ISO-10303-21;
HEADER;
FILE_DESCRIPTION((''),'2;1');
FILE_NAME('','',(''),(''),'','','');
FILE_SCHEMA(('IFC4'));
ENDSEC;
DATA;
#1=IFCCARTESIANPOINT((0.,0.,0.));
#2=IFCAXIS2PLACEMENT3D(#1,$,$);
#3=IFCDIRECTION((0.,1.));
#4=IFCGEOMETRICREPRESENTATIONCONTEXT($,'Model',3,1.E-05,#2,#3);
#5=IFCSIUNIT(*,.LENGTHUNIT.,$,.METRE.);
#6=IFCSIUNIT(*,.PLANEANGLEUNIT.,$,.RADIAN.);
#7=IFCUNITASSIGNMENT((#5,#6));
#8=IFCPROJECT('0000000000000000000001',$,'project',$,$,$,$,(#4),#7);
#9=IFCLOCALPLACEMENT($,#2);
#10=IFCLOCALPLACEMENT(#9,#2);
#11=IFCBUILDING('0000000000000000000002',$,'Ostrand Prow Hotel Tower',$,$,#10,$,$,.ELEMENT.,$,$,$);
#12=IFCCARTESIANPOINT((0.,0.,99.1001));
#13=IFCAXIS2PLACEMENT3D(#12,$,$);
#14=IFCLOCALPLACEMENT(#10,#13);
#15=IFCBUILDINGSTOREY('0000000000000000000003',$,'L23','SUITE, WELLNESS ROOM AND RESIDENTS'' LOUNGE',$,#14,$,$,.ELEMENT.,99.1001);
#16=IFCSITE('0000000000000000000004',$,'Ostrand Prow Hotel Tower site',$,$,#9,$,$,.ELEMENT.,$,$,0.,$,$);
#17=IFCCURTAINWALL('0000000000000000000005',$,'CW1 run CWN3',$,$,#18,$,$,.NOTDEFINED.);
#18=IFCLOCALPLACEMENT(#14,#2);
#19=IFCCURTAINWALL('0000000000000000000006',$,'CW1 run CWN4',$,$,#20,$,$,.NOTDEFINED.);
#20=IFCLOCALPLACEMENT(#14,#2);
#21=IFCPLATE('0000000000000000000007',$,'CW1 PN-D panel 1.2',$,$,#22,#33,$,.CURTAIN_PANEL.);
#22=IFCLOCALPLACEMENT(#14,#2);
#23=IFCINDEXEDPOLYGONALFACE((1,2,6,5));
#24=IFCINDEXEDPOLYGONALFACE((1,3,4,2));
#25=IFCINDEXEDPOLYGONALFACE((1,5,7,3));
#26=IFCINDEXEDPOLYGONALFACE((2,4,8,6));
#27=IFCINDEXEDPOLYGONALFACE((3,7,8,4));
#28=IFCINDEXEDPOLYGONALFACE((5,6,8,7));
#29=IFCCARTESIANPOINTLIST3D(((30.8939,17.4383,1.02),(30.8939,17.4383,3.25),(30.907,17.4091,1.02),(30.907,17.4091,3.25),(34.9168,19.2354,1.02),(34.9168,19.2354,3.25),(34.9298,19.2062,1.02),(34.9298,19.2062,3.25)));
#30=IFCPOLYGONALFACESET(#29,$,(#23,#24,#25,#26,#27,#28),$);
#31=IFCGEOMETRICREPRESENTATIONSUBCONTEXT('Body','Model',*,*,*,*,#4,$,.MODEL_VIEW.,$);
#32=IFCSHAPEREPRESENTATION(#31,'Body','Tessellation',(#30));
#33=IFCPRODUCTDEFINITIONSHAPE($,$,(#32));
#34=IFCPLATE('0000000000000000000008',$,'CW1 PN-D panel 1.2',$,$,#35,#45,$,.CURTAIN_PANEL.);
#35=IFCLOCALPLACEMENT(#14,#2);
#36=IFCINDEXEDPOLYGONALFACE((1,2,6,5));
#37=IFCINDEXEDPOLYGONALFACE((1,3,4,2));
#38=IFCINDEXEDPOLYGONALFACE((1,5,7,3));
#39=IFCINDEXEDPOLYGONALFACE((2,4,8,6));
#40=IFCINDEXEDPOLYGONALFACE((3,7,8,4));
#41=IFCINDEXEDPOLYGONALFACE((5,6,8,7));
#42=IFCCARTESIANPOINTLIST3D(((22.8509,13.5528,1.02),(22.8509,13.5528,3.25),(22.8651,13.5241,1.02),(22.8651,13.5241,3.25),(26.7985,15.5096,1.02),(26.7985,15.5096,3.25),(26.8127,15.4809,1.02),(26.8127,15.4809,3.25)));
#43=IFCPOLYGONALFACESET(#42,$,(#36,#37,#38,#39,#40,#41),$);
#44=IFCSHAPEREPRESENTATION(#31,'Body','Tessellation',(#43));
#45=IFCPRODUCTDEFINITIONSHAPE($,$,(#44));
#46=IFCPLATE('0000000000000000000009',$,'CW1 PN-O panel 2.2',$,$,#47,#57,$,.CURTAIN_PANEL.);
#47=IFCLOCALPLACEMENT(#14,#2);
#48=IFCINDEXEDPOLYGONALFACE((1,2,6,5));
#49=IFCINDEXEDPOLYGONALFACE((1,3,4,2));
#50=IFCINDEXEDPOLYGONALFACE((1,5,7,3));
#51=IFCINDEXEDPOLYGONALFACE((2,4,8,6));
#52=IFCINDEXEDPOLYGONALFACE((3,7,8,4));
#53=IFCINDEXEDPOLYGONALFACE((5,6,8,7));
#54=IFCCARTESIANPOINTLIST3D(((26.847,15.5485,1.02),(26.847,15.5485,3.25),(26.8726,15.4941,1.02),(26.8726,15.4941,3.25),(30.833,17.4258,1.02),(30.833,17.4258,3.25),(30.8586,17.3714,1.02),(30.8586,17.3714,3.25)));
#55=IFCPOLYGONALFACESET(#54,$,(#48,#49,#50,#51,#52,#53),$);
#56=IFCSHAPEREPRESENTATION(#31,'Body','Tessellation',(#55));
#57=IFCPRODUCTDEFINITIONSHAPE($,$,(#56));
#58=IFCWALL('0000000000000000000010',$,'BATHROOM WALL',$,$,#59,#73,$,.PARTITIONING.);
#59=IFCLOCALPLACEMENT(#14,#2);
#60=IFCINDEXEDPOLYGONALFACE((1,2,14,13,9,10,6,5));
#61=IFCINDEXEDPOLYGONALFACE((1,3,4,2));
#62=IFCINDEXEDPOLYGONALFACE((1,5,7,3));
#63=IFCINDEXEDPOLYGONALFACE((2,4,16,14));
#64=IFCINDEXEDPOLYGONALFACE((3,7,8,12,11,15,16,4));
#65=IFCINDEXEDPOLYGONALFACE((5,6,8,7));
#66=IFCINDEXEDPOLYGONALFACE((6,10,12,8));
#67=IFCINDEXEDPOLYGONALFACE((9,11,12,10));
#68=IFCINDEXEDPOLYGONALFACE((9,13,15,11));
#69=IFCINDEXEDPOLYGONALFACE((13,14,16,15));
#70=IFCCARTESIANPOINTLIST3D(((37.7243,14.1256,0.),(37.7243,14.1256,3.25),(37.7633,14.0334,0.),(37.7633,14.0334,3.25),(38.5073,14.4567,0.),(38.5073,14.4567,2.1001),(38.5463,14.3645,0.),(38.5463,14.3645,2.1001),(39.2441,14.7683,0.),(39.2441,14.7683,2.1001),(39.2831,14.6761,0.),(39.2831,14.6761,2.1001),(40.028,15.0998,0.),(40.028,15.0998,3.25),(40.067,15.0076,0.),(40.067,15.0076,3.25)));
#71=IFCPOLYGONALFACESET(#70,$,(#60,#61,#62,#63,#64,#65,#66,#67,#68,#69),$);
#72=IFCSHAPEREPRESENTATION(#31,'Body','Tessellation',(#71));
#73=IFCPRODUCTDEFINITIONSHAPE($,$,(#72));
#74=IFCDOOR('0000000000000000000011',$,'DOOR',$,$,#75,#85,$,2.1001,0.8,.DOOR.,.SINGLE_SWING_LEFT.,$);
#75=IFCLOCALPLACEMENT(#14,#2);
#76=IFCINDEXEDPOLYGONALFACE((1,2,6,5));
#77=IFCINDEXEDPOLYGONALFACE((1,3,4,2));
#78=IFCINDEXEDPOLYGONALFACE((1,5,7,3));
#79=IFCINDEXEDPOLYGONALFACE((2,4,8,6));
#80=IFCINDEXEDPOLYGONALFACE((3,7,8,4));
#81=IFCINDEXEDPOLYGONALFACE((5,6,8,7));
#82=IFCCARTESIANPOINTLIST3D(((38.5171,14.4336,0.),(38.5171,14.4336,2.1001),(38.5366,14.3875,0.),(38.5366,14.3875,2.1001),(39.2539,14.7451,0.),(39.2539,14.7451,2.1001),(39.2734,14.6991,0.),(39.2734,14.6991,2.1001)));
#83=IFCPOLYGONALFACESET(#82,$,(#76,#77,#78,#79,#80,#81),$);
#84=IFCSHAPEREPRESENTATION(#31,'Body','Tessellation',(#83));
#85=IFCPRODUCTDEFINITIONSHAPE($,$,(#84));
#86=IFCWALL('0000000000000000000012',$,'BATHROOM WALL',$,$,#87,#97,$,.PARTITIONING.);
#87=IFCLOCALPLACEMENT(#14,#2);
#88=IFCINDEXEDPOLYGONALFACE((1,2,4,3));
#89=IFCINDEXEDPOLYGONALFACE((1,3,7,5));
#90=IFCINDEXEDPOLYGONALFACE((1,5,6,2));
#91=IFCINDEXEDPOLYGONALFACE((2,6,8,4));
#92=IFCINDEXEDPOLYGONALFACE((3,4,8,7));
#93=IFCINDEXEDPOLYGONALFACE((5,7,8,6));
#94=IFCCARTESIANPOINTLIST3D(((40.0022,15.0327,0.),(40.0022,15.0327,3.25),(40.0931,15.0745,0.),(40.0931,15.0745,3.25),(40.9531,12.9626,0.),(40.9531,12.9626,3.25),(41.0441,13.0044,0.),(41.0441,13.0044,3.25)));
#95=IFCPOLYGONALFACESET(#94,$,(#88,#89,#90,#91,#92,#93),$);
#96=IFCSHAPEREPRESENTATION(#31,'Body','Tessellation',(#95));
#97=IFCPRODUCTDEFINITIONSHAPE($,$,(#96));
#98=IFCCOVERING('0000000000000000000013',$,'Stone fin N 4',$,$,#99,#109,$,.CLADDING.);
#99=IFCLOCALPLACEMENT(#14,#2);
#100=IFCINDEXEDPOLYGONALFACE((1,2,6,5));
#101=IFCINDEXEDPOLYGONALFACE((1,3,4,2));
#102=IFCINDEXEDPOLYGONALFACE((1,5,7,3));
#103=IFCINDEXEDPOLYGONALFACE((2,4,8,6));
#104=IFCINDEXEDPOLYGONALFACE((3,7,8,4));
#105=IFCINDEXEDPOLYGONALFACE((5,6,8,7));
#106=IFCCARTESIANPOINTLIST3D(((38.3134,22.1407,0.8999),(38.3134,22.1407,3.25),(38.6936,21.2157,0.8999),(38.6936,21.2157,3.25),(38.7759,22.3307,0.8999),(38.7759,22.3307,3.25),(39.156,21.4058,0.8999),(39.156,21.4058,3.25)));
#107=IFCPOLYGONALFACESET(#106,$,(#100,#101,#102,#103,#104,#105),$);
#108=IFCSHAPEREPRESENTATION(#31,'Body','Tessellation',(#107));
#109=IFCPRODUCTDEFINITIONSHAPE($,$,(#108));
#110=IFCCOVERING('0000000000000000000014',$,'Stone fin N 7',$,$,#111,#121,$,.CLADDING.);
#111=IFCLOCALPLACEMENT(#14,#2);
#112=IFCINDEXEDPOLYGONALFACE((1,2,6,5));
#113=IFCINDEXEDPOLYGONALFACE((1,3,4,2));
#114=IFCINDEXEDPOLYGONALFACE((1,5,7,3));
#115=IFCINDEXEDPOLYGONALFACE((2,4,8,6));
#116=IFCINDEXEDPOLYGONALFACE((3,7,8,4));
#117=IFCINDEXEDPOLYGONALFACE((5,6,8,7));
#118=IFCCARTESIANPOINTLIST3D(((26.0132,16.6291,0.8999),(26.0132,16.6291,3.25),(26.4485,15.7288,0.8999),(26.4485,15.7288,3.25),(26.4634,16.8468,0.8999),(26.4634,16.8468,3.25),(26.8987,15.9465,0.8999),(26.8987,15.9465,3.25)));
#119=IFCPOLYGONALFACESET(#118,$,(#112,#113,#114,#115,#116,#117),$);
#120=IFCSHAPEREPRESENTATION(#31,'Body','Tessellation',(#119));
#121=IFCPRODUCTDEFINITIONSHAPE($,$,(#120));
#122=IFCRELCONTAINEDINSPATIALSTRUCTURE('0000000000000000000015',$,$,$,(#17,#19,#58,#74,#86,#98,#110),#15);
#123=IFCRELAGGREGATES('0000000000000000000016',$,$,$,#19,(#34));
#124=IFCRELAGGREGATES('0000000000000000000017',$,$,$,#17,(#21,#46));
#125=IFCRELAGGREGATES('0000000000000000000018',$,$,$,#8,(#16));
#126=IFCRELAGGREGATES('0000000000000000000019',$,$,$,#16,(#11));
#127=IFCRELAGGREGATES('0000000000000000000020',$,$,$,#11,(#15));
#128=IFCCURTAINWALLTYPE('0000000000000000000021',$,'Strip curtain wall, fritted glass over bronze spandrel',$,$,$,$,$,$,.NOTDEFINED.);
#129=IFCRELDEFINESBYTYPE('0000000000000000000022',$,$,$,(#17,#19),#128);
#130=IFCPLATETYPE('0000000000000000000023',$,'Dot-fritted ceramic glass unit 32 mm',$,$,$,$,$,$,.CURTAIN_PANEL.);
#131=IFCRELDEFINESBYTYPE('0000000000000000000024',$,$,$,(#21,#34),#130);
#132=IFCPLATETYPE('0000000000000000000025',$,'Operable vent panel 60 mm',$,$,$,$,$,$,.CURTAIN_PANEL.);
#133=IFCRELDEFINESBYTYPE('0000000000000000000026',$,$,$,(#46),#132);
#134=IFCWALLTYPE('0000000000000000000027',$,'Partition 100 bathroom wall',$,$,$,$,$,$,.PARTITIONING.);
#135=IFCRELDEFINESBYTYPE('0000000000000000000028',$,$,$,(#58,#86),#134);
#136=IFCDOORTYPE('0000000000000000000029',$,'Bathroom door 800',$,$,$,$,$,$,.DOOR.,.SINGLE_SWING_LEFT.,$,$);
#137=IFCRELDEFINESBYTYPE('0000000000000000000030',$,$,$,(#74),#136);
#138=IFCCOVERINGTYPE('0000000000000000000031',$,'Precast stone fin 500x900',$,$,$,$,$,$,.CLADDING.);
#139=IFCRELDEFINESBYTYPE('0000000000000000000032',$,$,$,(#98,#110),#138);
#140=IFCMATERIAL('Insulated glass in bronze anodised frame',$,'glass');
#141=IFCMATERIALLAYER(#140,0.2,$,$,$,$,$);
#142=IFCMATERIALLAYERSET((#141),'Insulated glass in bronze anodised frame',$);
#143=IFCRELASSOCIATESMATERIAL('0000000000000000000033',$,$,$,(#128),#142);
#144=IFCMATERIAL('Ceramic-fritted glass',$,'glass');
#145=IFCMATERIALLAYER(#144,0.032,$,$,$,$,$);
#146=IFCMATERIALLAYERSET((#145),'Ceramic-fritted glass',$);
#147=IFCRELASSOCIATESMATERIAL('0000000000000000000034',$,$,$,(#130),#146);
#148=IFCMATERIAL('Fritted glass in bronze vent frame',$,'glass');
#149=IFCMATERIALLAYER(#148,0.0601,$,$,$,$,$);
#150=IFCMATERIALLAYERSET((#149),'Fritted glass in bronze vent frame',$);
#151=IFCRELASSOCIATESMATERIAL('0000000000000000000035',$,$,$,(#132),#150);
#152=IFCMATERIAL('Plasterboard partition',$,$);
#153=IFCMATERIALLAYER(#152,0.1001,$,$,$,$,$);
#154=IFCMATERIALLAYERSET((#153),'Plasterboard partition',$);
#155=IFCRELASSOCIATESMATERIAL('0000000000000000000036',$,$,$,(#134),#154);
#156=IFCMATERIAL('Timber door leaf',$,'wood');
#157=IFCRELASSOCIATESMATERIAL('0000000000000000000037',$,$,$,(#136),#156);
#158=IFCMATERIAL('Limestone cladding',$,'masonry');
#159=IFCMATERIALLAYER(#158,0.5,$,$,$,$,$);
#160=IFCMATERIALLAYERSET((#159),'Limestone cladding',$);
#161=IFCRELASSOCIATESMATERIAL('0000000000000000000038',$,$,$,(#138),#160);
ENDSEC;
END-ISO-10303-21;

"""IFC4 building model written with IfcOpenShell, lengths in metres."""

from ifc_helpers import new_model, si_unit, direction, frame, frame_2d, origin, origin_2d, place, context, subcontext, project, spatial, rectangle, extrude, material, layer, layer_set, type_object, element, fill, aggregate, save


model = new_model("IFC4")

# Units and contexts
model_context = context("Model", 3, precision=1e-05, world=origin(), true_north=direction((0.0, 1.0)))
body_context = subcontext(model_context, "Body", "Model", "MODEL_VIEW")
ifc_project = project(units=[si_unit("LENGTHUNIT", "METRE"), si_unit("PLANEANGLEUNIT", "RADIAN")], contexts=[model_context])

# Site, building, storey
site_placement = place(None, origin())
site = spatial("IfcSite", under=ifc_project, at=site_placement, Name="Ostrand Prow Hotel Tower site", CompositionType="ELEMENT", RefElevation=0.0)
building_placement = place(site_placement, origin())
building = spatial("IfcBuilding", under=site, at=building_placement, Name="Ostrand Prow Hotel Tower", CompositionType="ELEMENT")
storey_placement = place(building_placement, frame((0.0, 0.0, 99.1001)))
storey = spatial("IfcBuildingStorey", under=building, at=storey_placement, Name="L23", Description="SUITE, WELLNESS ROOM AND RESIDENTS' LOUNGE", CompositionType="ELEMENT", Elevation=99.1001)

# Curtain wall
ifc_material_1 = material(Name="Insulated glass in bronze anodised frame", Category="glass")
ifc_layer_1 = layer(ifc_material_1, 0.2)
ifc_layer_set_1 = layer_set([ifc_layer_1], Name="Insulated glass in bronze anodised frame")
curtain_wall_type = type_object("IfcCurtainWallType", Name="Strip curtain wall, fritted glass over bronze spandrel", PredefinedType="NOTDEFINED", material=ifc_layer_set_1)
curtain_wall_1_placement = place(storey_placement, origin())
curtain_wall_1 = element("IfcCurtainWall", 1, at=curtain_wall_1_placement, inside=storey, type_object=curtain_wall_type, Name="CW1 run CWN3", PredefinedType="NOTDEFINED")

# Curtain wall
curtain_wall_2_placement = place(storey_placement, origin())
curtain_wall_2 = element("IfcCurtainWall", 2, at=curtain_wall_2_placement, inside=storey, type_object=curtain_wall_type, Name="CW1 run CWN4", PredefinedType="NOTDEFINED")

# Plates
ifc_material_2 = material(Name="Ceramic-fritted glass", Category="glass")
ifc_layer_2 = layer(ifc_material_2, 0.032)
ifc_layer_set_2 = layer_set([ifc_layer_2], Name="Ceramic-fritted glass")
plate_type_1 = type_object("IfcPlateType", Name="Dot-fritted ceramic glass unit 32 mm", PredefinedType="CURTAIN_PANEL", material=ifc_layer_set_2)
plate_1_placement = place(storey_placement, frame((32.9119, 18.3223, 1.02), z_axis=(0.0, 0.0, 1.0), x_axis=(-0.913038, -0.407875, 0.0)))
plate_1 = element("IfcPlate", 3, at=plate_1_placement, type_object=plate_type_1, Name="CW1 PN-D panel 1.2", PredefinedType="CURTAIN_PANEL", context=body_context, shape_type="SweptSolid", body=[
    extrude(rectangle(XDim=4.406, YDim=0.032, at=origin_2d()), origin(), (0.0, 0.0, 1.0), 2.23),
])
plate_2_placement = place(storey_placement, frame((24.8318, 14.5168, 1.02), z_axis=(0.0, 0.0, 1.0), x_axis=(-0.895971, -0.444113, 0.0)))
plate_2 = element("IfcPlate", 4, at=plate_2_placement, type_object=plate_type_1, Name="CW1 PN-D panel 1.2", PredefinedType="CURTAIN_PANEL", context=body_context, shape_type="SweptSolid", body=[
    extrude(rectangle(XDim=4.406, YDim=0.032, at=origin_2d()), origin(), (0.0, 0.0, 1.0), 2.23),
])
aggregate(curtain_wall_2, [plate_2])
ifc_material_3 = material(Name="Fritted glass in bronze vent frame", Category="glass")
ifc_layer_3 = layer(ifc_material_3, 0.0601)
ifc_layer_set_3 = layer_set([ifc_layer_3], Name="Fritted glass in bronze vent frame")
plate_type_2 = type_object("IfcPlateType", Name="Operable vent panel 60 mm", PredefinedType="CURTAIN_PANEL", material=ifc_layer_set_3)
plate_3_placement = place(storey_placement, frame((28.8528, 16.46, 1.02), z_axis=(0.0, 0.0, 1.0), x_axis=(-0.904686, -0.426079, 0.0)))
plate_3 = element("IfcPlate", 5, at=plate_3_placement, type_object=plate_type_2, Name="CW1 PN-O panel 2.2", PredefinedType="CURTAIN_PANEL", context=body_context, shape_type="SweptSolid", body=[
    extrude(rectangle(XDim=4.406, YDim=0.0601, at=origin_2d()), origin(), (0.0, 0.0, 1.0), 2.23),
])
aggregate(curtain_wall_1, [plate_1, plate_3])

# Wall, opening, door
ifc_material_4 = material(Name="Plasterboard partition")
ifc_layer_4 = layer(ifc_material_4, 0.1001)
ifc_layer_set_4 = layer_set([ifc_layer_4], Name="Plasterboard partition")
wall_type = type_object("IfcWallType", Name="Partition 100 bathroom wall", PredefinedType="PARTITIONING", material=ifc_layer_set_4)
wall_1_placement = place(storey_placement, frame((37.7439, 14.0796, 0.0), z_axis=(0.0, 0.0, 1.0), x_axis=(0.921043, 0.389462, 0.0)))
wall_1 = element("IfcWall", 6, at=wall_1_placement, inside=storey, type_object=wall_type, Name="BATHROOM WALL", PredefinedType="PARTITIONING", context=body_context, shape_type="SweptSolid", body=[
    extrude(rectangle(XDim=2.5012, YDim=0.1001, at=frame_2d((1.2505, 0.0))), origin(), (0.0, 0.0, 1.0), 3.25),
])
opening_placement = place(wall_1_placement, frame((0.8501, 0.0, 0.0)))
opening = element("IfcOpeningElement", 7, at=opening_placement, cuts=wall_1, PredefinedType="OPENING", context=body_context, shape_type="SweptSolid", body=[
    extrude(rectangle(XDim=0.8, YDim=2.1001, at=frame_2d((0.3999, 1.05))), frame((0.0, 0.0601, 0.0), z_axis=(0.0, -1.0, 0.0), x_axis=(1.0, 0.0, 0.0)), (0.0, 0.0, 1.0), 0.1201),
])
ifc_material_5 = material(Name="Timber door leaf", Category="wood")
door_type = type_object("IfcDoorType", Name="Bathroom door 800", OperationType="SINGLE_SWING_LEFT", PredefinedType="DOOR", material=ifc_material_5)
door_placement = place(opening_placement, origin())
door = element("IfcDoor", 8, at=door_placement, inside=storey, type_object=door_type, Name="DOOR", OperationType="SINGLE_SWING_LEFT", OverallHeight=2.1001, OverallWidth=0.8, PredefinedType="DOOR", context=body_context, shape_type="SweptSolid", body=[
    extrude(rectangle(XDim=0.8, YDim=2.1001, at=frame_2d((0.3999, 1.05))), frame((0.0, 0.0249, 0.0), z_axis=(0.0, -1.0, 0.0), x_axis=(1.0, 0.0, 0.0)), (0.0, 0.0, 1.0), 0.05),
])
fill(opening, door)

# Wall
wall_2_placement = place(storey_placement, frame((40.0476, 15.0537, 0.0), z_axis=(0.0, 0.0, 1.0), x_axis=(0.417433, -0.908708, 0.0)))
element("IfcWall", 9, at=wall_2_placement, inside=storey, type_object=wall_type, Name="BATHROOM WALL", PredefinedType="PARTITIONING", context=body_context, shape_type="SweptSolid", body=[
    extrude(rectangle(XDim=2.2781, YDim=0.1001, at=frame_2d((1.1392, 0.0))), origin(), (0.0, 0.0, 1.0), 3.25),
])

# Coverings
ifc_material_6 = material(Name="Limestone cladding", Category="masonry")
ifc_layer_5 = layer(ifc_material_6, 0.5)
ifc_layer_set_5 = layer_set([ifc_layer_5], Name="Limestone cladding")
covering_type = type_object("IfcCoveringType", Name="Precast stone fin 500x900", PredefinedType="CLADDING", material=ifc_layer_set_5)
for number, where, z_axis, x_axis, name in (
    (10, (38.9248, 21.3108, 0.8999), (0.0, 0.0, 1.0), (-0.380173, 0.924916, 0.0), "Stone fin N 4"),
    (11, (26.6736, 15.8376, 0.8999), (0.0, 0.0, 1.0), (-0.435261, 0.900304, 0.0), "Stone fin N 7"),
):
    element("IfcCovering", number, at=place(storey_placement, frame(where, z_axis=z_axis, x_axis=x_axis)), inside=storey, type_object=covering_type, Name=name, PredefinedType="CLADDING", context=body_context, shape_type="SweptSolid", body=[
        extrude(rectangle(XDim=1.0, YDim=0.5, at=frame_2d((0.5, 0.0))), origin(), (0.0, 0.0, 1.0), 2.3501),
    ])

save(model, "model.ifc")
